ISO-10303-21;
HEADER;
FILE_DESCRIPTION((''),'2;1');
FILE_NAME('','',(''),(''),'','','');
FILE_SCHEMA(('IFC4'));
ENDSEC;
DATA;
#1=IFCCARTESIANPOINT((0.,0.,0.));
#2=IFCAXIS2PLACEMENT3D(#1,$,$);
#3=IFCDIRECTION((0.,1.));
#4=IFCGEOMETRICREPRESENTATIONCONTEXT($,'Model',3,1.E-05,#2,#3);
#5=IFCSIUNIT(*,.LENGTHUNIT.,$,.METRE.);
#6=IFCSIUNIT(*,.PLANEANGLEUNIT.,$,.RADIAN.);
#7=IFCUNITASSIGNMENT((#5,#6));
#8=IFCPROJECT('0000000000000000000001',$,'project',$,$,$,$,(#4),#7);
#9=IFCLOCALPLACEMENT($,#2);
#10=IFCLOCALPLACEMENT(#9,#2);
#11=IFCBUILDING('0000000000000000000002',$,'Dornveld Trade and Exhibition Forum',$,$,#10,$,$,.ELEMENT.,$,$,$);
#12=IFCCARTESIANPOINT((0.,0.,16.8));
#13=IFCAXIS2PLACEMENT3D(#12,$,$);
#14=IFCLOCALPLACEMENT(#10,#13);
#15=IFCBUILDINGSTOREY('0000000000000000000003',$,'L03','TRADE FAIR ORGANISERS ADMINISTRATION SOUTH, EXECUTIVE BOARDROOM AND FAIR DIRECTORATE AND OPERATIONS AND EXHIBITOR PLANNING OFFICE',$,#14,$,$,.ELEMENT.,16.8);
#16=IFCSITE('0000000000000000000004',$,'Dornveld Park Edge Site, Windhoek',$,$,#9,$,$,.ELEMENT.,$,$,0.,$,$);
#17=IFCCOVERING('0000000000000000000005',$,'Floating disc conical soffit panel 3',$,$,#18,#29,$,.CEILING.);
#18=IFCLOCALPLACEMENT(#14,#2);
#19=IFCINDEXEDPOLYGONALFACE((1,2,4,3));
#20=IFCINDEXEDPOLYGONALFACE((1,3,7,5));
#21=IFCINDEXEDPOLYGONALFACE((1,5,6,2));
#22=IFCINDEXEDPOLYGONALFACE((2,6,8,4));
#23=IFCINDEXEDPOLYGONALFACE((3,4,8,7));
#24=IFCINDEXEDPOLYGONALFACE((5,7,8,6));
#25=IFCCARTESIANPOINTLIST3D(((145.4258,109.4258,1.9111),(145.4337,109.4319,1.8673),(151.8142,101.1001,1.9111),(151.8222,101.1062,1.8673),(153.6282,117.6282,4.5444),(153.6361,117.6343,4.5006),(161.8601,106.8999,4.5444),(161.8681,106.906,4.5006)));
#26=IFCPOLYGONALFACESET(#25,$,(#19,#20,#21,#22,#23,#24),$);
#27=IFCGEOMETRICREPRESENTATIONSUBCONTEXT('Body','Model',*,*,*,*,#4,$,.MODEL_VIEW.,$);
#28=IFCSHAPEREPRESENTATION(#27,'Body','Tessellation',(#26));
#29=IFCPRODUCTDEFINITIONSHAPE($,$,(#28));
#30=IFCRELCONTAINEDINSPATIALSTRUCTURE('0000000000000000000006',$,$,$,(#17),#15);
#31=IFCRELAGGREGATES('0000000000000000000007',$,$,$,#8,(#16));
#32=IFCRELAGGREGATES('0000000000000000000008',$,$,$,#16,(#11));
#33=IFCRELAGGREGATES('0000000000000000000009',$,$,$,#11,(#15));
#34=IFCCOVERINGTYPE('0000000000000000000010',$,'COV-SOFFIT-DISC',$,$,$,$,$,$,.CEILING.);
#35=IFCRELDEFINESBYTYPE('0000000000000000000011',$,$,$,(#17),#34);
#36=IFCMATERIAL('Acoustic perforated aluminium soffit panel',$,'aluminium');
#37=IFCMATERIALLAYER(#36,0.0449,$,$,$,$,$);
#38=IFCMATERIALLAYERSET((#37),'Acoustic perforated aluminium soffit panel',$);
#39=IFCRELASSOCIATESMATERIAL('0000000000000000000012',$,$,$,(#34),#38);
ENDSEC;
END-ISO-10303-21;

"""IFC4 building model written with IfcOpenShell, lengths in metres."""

from ifc_helpers import new_model, si_unit, direction, frame, origin, place, context, subcontext, project, spatial, polyline, outline, extrude, material, layer, layer_set, type_object, element, save


model = new_model("IFC4")

# Units and contexts
model_context = context("Model", 3, precision=1e-05, world=origin(), true_north=direction((0.0, 1.0)))
body_context = subcontext(model_context, "Body", "Model", "MODEL_VIEW")
ifc_project = project(units=[si_unit("LENGTHUNIT", "METRE"), si_unit("PLANEANGLEUNIT", "RADIAN")], contexts=[model_context])

# Site, building, storey
site_placement = place(None, origin())
site = spatial("IfcSite", under=ifc_project, at=site_placement, Name="Dornveld Park Edge Site, Windhoek", CompositionType="ELEMENT", RefElevation=0.0)
building_placement = place(site_placement, origin())
building = spatial("IfcBuilding", under=site, at=building_placement, Name="Dornveld Trade and Exhibition Forum", CompositionType="ELEMENT")
storey_placement = place(building_placement, frame((0.0, 0.0, 16.8)))
storey = spatial("IfcBuildingStorey", under=building, at=storey_placement, Name="L03", Description="TRADE FAIR ORGANISERS ADMINISTRATION SOUTH, EXECUTIVE BOARDROOM AND FAIR DIRECTORATE AND OPERATIONS AND EXHIBITOR PLANNING OFFICE", CompositionType="ELEMENT", Elevation=16.8)

# Covering
ifc_material_1 = material(Name="Acoustic perforated aluminium soffit panel", Category="aluminium")
ifc_layer_1 = layer(ifc_material_1, 0.0449)
ifc_layer_set_1 = layer_set([ifc_layer_1], Name="Acoustic perforated aluminium soffit panel")
covering_type = type_object("IfcCoveringType", Name="COV-SOFFIT-DISC", PredefinedType="CEILING", material=ifc_layer_set_1)
covering_1_placement = place(storey_placement, frame((151.8142, 101.1001, 1.9111), z_axis=(-0.177072, -0.13587, 0.974774), x_axis=(0.844545, 0.487582, 0.221378)))
element("IfcCovering", 1, at=covering_1_placement, inside=storey, type_object=covering_type, Name="Floating disc conical soffit panel 3", PredefinedType="CEILING", context=body_context, shape_type="SweptSolid", body=[
    extrude(outline(polyline([(0.0, 0.0), (11.895, 0.0), (10.1737, 13.4126), (-1.3359, 10.4089), (0.0, 0.0)])), origin(), (0.0, 0.0, -1.0), 0.0449),
])

save(model, "model.ifc")
